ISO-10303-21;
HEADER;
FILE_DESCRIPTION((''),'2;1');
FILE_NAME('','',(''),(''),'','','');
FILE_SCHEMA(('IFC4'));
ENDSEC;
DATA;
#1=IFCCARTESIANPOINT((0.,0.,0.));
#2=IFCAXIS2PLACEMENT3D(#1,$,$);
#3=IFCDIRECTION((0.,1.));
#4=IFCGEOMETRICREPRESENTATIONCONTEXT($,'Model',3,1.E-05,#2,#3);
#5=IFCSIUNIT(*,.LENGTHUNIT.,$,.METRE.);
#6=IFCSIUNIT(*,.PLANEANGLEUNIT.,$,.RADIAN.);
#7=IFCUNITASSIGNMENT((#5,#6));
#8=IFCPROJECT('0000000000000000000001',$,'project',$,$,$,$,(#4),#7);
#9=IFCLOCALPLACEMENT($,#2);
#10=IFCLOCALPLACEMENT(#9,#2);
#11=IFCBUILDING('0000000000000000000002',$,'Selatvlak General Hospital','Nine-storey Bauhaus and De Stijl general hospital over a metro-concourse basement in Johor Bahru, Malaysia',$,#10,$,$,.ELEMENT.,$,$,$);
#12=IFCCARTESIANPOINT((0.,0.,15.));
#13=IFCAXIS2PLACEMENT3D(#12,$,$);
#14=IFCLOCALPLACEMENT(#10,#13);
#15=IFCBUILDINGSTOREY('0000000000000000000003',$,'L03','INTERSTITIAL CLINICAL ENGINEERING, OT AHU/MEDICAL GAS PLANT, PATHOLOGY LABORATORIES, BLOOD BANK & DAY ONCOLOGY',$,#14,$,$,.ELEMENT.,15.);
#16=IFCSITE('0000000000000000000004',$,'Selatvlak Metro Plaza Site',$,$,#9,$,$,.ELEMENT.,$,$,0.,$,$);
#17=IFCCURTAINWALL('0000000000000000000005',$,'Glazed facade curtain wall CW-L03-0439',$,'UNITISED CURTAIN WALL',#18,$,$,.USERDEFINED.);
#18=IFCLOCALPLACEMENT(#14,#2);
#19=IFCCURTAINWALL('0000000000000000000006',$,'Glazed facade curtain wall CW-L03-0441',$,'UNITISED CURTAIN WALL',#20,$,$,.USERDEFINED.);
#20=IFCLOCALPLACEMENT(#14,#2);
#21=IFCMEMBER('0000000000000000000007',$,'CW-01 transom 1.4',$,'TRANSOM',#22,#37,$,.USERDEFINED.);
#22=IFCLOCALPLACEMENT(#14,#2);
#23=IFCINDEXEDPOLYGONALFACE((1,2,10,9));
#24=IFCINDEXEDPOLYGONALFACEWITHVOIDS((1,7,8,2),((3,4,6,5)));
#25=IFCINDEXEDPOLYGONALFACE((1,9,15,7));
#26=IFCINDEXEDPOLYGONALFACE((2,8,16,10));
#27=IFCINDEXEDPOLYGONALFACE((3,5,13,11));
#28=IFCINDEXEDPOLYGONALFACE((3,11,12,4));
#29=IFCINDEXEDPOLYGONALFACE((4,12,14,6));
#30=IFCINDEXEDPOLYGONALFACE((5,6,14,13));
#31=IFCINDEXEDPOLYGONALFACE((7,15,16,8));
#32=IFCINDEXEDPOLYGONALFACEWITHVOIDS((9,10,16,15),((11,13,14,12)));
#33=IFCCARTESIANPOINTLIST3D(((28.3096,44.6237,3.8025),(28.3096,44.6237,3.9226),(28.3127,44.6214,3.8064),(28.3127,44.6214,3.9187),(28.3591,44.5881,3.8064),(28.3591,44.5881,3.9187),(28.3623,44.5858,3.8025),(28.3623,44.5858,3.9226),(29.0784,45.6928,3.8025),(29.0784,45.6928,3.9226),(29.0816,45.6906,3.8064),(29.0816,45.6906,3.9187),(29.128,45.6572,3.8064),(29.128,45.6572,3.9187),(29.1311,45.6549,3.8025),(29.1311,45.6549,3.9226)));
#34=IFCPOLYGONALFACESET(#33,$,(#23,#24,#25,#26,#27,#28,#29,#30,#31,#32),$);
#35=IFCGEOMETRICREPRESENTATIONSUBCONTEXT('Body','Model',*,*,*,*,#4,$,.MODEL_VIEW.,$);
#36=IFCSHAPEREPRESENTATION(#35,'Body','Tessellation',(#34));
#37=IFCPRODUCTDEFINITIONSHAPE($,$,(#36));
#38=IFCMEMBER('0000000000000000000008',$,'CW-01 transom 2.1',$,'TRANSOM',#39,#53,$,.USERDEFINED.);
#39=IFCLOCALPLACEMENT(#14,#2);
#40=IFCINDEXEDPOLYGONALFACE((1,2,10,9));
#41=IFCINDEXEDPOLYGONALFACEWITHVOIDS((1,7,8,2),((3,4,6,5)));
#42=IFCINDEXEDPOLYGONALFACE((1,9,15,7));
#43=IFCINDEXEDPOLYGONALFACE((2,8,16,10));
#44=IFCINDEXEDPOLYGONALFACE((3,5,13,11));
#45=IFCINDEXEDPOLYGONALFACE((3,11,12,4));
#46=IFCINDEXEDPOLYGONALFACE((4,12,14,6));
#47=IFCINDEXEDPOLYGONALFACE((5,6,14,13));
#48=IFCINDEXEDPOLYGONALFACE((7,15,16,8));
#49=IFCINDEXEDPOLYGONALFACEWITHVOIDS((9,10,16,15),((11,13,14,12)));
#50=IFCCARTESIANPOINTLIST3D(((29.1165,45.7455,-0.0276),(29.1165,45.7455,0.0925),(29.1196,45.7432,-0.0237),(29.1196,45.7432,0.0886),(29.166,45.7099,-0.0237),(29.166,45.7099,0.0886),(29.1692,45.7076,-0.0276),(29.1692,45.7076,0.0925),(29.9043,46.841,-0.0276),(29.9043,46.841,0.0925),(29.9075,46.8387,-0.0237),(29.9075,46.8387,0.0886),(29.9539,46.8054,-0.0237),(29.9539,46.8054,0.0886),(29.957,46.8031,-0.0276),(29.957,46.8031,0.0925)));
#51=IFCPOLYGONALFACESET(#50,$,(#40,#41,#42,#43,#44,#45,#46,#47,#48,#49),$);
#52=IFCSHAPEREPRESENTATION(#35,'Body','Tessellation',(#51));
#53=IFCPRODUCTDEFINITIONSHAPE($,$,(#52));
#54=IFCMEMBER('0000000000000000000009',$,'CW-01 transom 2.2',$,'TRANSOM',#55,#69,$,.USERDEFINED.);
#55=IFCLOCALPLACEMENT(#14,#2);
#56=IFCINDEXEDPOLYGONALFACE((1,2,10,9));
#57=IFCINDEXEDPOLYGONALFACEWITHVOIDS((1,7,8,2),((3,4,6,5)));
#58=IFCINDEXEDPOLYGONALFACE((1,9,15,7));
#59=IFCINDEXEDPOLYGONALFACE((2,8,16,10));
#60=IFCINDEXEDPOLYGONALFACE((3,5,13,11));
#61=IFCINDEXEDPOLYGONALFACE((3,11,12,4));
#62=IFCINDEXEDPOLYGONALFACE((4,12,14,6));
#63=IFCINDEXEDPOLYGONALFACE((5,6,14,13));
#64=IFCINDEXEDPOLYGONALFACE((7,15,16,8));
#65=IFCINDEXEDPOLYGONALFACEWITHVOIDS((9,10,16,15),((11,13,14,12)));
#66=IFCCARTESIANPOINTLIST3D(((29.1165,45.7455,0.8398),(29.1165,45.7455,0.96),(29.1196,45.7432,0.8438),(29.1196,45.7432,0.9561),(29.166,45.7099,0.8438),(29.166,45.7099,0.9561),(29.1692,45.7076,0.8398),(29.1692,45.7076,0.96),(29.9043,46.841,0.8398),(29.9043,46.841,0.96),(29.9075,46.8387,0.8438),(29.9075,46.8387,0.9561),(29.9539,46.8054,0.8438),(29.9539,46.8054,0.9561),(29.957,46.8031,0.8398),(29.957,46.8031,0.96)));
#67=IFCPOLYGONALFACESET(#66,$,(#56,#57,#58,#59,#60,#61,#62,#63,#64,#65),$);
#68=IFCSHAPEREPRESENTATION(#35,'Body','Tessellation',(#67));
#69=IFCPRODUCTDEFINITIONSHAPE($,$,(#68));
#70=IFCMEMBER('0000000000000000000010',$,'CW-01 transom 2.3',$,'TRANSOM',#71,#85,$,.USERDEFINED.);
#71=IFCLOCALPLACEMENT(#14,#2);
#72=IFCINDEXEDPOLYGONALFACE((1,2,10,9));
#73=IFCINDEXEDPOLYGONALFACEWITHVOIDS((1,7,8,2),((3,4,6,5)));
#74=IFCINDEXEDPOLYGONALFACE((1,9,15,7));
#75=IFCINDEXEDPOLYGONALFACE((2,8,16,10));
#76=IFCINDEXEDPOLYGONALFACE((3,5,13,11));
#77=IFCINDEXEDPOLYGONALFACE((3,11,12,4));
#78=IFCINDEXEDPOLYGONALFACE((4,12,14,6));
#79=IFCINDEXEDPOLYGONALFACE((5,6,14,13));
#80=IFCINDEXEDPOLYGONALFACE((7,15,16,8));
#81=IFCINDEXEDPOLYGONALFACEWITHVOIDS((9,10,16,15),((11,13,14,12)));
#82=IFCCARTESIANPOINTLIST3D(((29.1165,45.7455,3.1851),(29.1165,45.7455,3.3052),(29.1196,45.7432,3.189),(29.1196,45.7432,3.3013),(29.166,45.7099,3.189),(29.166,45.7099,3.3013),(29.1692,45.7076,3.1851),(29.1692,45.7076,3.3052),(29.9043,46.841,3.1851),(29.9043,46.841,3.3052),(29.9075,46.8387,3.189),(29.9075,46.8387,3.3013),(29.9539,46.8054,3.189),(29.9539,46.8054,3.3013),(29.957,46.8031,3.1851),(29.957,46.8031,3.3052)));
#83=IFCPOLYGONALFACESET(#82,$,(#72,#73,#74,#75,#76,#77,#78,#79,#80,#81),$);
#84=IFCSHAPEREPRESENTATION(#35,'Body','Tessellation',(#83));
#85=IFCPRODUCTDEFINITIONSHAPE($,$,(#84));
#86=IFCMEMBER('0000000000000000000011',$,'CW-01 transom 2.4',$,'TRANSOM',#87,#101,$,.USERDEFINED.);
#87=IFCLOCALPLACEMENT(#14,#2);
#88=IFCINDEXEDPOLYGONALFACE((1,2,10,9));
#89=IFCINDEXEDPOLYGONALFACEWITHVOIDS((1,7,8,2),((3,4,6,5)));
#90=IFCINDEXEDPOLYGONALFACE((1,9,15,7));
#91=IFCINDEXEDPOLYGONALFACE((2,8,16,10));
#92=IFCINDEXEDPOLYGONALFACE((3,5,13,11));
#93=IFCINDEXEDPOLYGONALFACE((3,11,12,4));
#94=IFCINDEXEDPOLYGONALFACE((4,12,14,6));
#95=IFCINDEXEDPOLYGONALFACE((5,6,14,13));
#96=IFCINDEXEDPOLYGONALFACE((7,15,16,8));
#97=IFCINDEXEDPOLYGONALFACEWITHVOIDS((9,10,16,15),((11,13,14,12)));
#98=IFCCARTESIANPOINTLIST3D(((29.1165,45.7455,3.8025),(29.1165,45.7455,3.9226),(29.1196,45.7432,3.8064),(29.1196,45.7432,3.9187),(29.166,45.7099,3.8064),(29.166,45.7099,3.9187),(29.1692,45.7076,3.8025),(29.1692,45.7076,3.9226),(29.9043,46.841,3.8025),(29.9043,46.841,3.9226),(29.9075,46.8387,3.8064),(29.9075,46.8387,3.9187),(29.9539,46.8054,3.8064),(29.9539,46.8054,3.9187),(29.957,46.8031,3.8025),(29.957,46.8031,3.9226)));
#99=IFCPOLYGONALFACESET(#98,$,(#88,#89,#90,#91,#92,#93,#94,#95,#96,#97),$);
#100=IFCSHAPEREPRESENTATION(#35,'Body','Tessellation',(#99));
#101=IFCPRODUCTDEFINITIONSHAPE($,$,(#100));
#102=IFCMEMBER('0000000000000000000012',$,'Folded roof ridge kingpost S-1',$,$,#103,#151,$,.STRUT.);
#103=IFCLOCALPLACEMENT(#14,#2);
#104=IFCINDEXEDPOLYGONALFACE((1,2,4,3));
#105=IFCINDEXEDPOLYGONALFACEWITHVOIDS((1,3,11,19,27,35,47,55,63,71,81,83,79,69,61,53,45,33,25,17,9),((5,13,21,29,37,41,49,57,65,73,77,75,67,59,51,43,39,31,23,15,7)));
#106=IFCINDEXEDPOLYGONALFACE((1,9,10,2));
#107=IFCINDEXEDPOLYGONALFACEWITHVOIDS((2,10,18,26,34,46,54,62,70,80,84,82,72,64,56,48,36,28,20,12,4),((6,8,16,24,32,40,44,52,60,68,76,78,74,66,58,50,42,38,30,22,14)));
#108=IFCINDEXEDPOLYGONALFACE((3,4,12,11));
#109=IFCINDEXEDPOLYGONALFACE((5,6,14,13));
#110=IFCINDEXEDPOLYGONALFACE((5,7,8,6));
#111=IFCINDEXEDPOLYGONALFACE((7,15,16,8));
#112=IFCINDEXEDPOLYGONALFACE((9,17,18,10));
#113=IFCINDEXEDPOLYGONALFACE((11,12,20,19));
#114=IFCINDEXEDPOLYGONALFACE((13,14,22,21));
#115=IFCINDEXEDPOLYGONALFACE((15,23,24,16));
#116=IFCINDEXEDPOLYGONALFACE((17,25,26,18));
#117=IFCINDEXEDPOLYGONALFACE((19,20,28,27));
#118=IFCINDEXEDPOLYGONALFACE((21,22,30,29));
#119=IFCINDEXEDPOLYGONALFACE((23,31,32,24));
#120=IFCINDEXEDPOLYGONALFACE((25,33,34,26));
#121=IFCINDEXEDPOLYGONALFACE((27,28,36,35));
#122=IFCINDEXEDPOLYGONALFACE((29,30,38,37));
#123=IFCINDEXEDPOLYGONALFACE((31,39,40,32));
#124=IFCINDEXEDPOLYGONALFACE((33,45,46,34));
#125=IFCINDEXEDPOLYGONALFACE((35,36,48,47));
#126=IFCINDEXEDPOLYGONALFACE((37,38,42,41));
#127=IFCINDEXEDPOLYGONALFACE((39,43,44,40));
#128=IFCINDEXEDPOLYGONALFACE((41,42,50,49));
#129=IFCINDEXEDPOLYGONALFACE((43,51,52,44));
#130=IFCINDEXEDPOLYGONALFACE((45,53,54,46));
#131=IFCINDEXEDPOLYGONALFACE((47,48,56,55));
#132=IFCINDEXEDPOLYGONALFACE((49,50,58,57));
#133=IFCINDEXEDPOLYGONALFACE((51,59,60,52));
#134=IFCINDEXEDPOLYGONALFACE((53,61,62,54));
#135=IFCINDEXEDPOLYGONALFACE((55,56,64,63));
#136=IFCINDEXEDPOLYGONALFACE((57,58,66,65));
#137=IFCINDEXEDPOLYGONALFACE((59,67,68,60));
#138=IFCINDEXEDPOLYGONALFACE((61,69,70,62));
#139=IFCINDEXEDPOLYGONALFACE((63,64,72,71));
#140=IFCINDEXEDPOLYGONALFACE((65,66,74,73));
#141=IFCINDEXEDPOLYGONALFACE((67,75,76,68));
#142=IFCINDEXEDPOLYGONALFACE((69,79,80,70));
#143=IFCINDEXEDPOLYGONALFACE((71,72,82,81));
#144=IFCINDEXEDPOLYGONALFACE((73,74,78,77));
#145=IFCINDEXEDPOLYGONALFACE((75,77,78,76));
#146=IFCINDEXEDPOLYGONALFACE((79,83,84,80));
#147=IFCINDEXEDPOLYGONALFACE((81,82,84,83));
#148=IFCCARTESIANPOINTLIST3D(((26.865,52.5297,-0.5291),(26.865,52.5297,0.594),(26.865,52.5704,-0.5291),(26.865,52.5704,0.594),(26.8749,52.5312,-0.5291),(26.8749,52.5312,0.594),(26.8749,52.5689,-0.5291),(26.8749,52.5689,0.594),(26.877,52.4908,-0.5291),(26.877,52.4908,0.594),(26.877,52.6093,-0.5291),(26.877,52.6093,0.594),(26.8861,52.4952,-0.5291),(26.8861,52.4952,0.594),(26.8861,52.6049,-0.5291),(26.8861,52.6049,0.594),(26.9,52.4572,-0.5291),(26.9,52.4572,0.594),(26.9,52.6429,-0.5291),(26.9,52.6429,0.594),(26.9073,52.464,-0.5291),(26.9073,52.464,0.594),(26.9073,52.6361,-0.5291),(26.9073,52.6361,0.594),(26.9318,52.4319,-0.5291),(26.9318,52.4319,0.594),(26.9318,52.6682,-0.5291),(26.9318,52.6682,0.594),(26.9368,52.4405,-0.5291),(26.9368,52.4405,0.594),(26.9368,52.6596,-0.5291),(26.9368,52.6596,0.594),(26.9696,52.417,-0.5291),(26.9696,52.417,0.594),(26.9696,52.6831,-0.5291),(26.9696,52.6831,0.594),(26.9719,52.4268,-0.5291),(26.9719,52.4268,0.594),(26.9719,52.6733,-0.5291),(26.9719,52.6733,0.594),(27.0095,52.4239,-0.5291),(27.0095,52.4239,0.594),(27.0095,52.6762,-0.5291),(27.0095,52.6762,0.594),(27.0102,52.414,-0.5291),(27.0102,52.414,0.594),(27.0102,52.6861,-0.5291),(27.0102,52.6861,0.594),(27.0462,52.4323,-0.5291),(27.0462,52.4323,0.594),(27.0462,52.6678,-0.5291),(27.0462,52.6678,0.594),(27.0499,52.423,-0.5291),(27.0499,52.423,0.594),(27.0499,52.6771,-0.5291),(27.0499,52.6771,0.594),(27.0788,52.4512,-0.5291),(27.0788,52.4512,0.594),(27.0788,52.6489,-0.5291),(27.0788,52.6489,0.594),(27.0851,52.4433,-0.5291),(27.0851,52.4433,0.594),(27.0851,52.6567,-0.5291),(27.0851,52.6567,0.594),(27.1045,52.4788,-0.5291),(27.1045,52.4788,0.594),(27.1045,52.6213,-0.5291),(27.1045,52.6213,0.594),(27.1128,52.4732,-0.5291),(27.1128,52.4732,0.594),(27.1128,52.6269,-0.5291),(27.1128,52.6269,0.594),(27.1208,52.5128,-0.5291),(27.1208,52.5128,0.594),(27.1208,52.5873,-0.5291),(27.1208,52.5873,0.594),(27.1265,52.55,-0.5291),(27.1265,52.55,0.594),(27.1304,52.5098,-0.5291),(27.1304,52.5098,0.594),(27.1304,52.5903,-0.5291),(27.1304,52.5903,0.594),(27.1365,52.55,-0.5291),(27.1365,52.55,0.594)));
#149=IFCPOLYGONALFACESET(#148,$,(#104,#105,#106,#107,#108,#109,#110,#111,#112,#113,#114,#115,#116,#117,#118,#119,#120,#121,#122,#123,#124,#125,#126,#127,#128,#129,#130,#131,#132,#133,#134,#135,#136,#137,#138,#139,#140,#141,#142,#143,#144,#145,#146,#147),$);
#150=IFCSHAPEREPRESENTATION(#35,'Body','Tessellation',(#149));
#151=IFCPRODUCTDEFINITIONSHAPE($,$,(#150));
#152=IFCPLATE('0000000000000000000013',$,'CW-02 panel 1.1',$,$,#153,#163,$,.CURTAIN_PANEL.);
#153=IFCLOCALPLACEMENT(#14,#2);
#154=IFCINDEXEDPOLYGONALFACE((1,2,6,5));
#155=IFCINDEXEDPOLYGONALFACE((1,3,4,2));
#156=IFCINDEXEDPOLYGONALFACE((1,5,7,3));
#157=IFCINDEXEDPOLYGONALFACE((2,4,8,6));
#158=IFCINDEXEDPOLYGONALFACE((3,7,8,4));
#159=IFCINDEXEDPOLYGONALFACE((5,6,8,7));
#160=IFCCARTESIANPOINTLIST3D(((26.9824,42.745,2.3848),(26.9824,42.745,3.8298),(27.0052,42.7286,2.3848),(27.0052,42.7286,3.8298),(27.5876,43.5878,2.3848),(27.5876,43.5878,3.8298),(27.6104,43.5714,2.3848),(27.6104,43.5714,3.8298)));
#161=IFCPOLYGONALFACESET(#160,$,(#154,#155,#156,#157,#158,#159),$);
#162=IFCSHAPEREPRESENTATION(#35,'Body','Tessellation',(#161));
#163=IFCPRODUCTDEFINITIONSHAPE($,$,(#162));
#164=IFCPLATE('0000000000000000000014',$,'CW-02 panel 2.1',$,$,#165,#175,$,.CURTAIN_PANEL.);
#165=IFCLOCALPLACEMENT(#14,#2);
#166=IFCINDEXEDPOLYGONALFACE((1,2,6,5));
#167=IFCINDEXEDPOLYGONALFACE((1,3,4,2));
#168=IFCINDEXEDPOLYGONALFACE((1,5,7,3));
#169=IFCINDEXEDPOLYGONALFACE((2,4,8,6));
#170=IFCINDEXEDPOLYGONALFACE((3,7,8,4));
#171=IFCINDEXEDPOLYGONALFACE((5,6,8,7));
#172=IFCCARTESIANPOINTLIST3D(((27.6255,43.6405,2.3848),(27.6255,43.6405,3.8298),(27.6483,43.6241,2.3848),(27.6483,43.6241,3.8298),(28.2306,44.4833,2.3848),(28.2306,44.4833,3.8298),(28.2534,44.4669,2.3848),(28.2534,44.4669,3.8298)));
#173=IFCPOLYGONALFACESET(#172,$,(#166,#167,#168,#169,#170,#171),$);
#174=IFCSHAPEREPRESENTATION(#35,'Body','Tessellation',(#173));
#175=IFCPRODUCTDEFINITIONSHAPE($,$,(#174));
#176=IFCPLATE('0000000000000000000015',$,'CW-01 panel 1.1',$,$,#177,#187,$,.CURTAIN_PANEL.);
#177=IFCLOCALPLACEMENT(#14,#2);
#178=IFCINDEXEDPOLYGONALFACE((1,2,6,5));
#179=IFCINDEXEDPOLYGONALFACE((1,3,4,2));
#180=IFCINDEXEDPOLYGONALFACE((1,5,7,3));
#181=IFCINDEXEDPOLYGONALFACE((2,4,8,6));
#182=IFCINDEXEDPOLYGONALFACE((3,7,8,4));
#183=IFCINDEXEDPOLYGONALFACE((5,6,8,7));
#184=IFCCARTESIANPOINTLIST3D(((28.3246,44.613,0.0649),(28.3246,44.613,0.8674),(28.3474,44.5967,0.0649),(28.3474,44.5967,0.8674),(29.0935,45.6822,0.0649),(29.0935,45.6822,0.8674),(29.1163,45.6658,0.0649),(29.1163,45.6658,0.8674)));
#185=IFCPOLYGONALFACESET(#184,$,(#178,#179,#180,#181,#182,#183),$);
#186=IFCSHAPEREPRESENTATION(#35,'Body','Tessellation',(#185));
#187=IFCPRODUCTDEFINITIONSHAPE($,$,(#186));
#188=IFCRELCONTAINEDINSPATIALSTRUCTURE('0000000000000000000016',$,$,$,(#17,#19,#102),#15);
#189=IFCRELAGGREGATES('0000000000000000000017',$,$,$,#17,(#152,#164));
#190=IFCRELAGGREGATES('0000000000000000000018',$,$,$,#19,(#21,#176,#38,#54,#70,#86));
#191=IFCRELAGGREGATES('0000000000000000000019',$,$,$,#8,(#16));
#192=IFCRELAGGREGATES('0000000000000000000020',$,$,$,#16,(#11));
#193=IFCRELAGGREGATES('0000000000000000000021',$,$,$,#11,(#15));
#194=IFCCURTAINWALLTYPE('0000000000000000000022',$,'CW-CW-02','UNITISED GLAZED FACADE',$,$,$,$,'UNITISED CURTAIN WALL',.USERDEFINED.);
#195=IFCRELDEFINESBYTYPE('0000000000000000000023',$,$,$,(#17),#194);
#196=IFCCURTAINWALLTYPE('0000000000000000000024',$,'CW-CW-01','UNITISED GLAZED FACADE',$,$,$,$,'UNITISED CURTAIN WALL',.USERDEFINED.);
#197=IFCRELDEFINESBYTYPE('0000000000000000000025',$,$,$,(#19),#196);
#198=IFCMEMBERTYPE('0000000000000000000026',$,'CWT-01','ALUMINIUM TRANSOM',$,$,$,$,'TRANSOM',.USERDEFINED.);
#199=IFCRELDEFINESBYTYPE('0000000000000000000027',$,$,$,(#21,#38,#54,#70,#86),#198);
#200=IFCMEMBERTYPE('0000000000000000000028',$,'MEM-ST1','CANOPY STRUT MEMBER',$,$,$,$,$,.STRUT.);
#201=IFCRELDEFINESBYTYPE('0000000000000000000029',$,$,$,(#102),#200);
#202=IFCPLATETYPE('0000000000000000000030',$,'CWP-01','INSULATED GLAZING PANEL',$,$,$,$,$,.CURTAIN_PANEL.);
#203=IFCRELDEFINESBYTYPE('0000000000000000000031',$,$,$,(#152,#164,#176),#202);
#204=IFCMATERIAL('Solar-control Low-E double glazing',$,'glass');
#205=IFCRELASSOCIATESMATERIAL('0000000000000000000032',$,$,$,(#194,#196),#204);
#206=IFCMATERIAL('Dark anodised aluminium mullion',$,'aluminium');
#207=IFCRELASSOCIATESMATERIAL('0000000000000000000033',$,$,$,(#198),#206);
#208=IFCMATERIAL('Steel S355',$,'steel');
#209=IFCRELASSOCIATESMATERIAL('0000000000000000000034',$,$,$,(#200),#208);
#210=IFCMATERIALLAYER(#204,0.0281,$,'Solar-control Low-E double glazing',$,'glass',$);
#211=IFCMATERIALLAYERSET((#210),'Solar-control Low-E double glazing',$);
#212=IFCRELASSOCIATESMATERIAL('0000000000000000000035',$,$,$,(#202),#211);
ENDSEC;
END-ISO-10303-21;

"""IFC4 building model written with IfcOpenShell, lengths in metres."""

from ifc_helpers import new_model, si_unit, direction, frame, origin, origin_2d, place, context, subcontext, project, spatial, rectangle, hollow_rectangle, hollow_circle, extrude, material, layer, layer_set, material_profile, profile_set, type_object, element, aggregate, save


model = new_model("IFC4")

# Units and contexts
model_context = context("Model", 3, precision=1e-05, world=origin(), true_north=direction((0.0, 1.0)))
body_context = subcontext(model_context, "Body", "Model", "MODEL_VIEW")
ifc_project = project(units=[si_unit("LENGTHUNIT", "METRE"), si_unit("PLANEANGLEUNIT", "RADIAN")], contexts=[model_context])

# Site, building, storey
site_placement = place(None, origin())
site = spatial("IfcSite", under=ifc_project, at=site_placement, Name="Selatvlak Metro Plaza Site", CompositionType="ELEMENT", RefElevation=0.0)
building_placement = place(site_placement, origin())
building = spatial("IfcBuilding", under=site, at=building_placement, Name="Selatvlak General Hospital", Description="Nine-storey Bauhaus and De Stijl general hospital over a metro-concourse basement in Johor Bahru, Malaysia", CompositionType="ELEMENT")
storey_placement = place(building_placement, frame((0.0, 0.0, 15.0)))
storey = spatial("IfcBuildingStorey", under=building, at=storey_placement, Name="L03", Description="INTERSTITIAL CLINICAL ENGINEERING, OT AHU/MEDICAL GAS PLANT, PATHOLOGY LABORATORIES, BLOOD BANK & DAY ONCOLOGY", CompositionType="ELEMENT", Elevation=15.0)

# Shared definitions
ifc_material_1 = material(Name="Steel S355", Category="steel")

# Curtain walls
ifc_material_2 = material(Name="Solar-control Low-E double glazing", Category="glass")
curtain_wall_type_1 = type_object("IfcCurtainWallType", Name="CW-CW-02", Description="UNITISED GLAZED FACADE", ElementType="UNITISED CURTAIN WALL", PredefinedType="USERDEFINED", material=ifc_material_2)
curtain_wall_1_placement = place(storey_placement, origin())
curtain_wall_1 = element("IfcCurtainWall", 1, at=curtain_wall_1_placement, inside=storey, type_object=curtain_wall_type_1, Name="Glazed facade curtain wall CW-L03-0439", ObjectType="UNITISED CURTAIN WALL", PredefinedType="USERDEFINED")
ifc_material_3 = material(Name="Dark anodised aluminium mullion", Category="aluminium")
curtain_wall_type_2 = type_object("IfcCurtainWallType", Name="CW-CW-01", Description="UNITISED GLAZED FACADE", ElementType="UNITISED CURTAIN WALL", PredefinedType="USERDEFINED", material=ifc_material_2)
curtain_wall_2_placement = place(storey_placement, origin())
curtain_wall_2 = element("IfcCurtainWall", 2, at=curtain_wall_2_placement, inside=storey, type_object=curtain_wall_type_2, Name="Glazed facade curtain wall CW-L03-0441", ObjectType="UNITISED CURTAIN WALL", PredefinedType="USERDEFINED")

# Members
ifc_material_profile_1 = material_profile(ifc_material_3, hollow_rectangle(XDim=0.0649, YDim=0.1201, WallThickness=0.0039, at=origin_2d()), Name="AL-TRN 65x120x4")
ifc_profile_set_1 = profile_set([ifc_material_profile_1], Name="Dark anodised aluminium mullion")
member_type_1 = type_object("IfcMemberType", Name="CWT-01", Description="ALUMINIUM TRANSOM", ElementType="TRANSOM", PredefinedType="USERDEFINED", material=ifc_profile_set_1)
member_1_placement = place(storey_placement, frame((28.3359, 44.6047, 3.8625), z_axis=(0.583831, 0.811875, 0.0), x_axis=(-0.811875, 0.583831, 0.0)))
member_1 = element("IfcMember", 3, at=member_1_placement, type_object=member_type_1, Name="CW-01 transom 1.4", ObjectType="TRANSOM", PredefinedType="USERDEFINED", context=body_context, shape_type="SweptSolid", body=[
    extrude(hollow_rectangle(XDim=0.0649, YDim=0.1201, WallThickness=0.0039, at=origin_2d()), origin(), (0.0, 0.0, 1.0), 1.3169),
])
member_2_placement = place(storey_placement, frame((29.1428, 45.7266, 0.0325), z_axis=(0.583871, 0.811847, 0.0), x_axis=(-0.811847, 0.583871, 0.0)))
member_2 = element("IfcMember", 4, at=member_2_placement, type_object=member_type_1, Name="CW-01 transom 2.1", ObjectType="TRANSOM", PredefinedType="USERDEFINED", context=body_context, shape_type="SweptSolid", body=[
    extrude(hollow_rectangle(XDim=0.0649, YDim=0.1201, WallThickness=0.0039, at=origin_2d()), origin(), (0.0, 0.0, 1.0), 1.3494),
])
member_3_placement = place(storey_placement, frame((29.1428, 45.7266, 0.8999), z_axis=(0.583871, 0.811847, 0.0), x_axis=(-0.811847, 0.583871, 0.0)))
member_3 = element("IfcMember", 5, at=member_3_placement, type_object=member_type_1, Name="CW-01 transom 2.2", ObjectType="TRANSOM", PredefinedType="USERDEFINED", context=body_context, shape_type="SweptSolid", body=[
    extrude(hollow_rectangle(XDim=0.0649, YDim=0.1201, WallThickness=0.0039, at=origin_2d()), origin(), (0.0, 0.0, 1.0), 1.3494),
])
member_4_placement = place(storey_placement, frame((29.1428, 45.7266, 3.2451), z_axis=(0.583871, 0.811847, 0.0), x_axis=(-0.811847, 0.583871, 0.0)))
member_4 = element("IfcMember", 6, at=member_4_placement, type_object=member_type_1, Name="CW-01 transom 2.3", ObjectType="TRANSOM", PredefinedType="USERDEFINED", context=body_context, shape_type="SweptSolid", body=[
    extrude(hollow_rectangle(XDim=0.0649, YDim=0.1201, WallThickness=0.0039, at=origin_2d()), origin(), (0.0, 0.0, 1.0), 1.3494),
])
member_5_placement = place(storey_placement, frame((29.1428, 45.7266, 3.8625), z_axis=(0.583871, 0.811847, 0.0), x_axis=(-0.811847, 0.583871, 0.0)))
member_5 = element("IfcMember", 7, at=member_5_placement, type_object=member_type_1, Name="CW-01 transom 2.4", ObjectType="TRANSOM", PredefinedType="USERDEFINED", context=body_context, shape_type="SweptSolid", body=[
    extrude(hollow_rectangle(XDim=0.0649, YDim=0.1201, WallThickness=0.0039, at=origin_2d()), origin(), (0.0, 0.0, 1.0), 1.3494),
])
ifc_material_profile_2 = material_profile(ifc_material_1, hollow_circle(Radius=0.1365, WallThickness=0.01, at=origin_2d()), Name="CHS 273.0x10")
ifc_profile_set_2 = profile_set([ifc_material_profile_2], Name="Steel S355")
member_type_2 = type_object("IfcMemberType", Name="MEM-ST1", Description="CANOPY STRUT MEMBER", PredefinedType="STRUT", material=ifc_profile_set_2)
member_6_placement = place(storey_placement, frame((27.0, 52.55, -0.5291), z_axis=(0.0, 0.0, 1.0), x_axis=(1.0, 0.0, 0.0)))
element("IfcMember", 8, at=member_6_placement, inside=storey, type_object=member_type_2, Name="Folded roof ridge kingpost S-1", PredefinedType="STRUT", context=body_context, shape_type="SweptSolid", body=[
    extrude(hollow_circle(Radius=0.1365, WallThickness=0.01, at=origin_2d()), origin(), (0.0, 0.0, 1.0), 1.123),
])

# Plates
ifc_layer_1 = layer(ifc_material_2, 0.0281, Name="Solar-control Low-E double glazing", Category="glass")
ifc_layer_set_1 = layer_set([ifc_layer_1], Name="Solar-control Low-E double glazing")
plate_type_1 = type_object("IfcPlateType", Name="CWP-01", Description="INSULATED GLAZING PANEL", PredefinedType="CURTAIN_PANEL", material=ifc_layer_set_1)
plate_1_placement = place(storey_placement, frame((27.2964, 43.1582, 2.3848), z_axis=(0.0, 0.0, 1.0), x_axis=(0.583237, 0.812302, 0.0)))
plate_1 = element("IfcPlate", 9, at=plate_1_placement, type_object=plate_type_1, Name="CW-02 panel 1.1", PredefinedType="CURTAIN_PANEL", context=body_context, shape_type="SweptSolid", body=[
    extrude(rectangle(XDim=1.0376, YDim=0.0281, at=origin_2d()), origin(), (0.0, 0.0, 1.0), 1.4451),
])
plate_2_placement = place(storey_placement, frame((27.9395, 44.0537, 2.3848), z_axis=(0.0, 0.0, 1.0), x_axis=(0.583237, 0.812302, 0.0)))
plate_2 = element("IfcPlate", 10, at=plate_2_placement, type_object=plate_type_1, Name="CW-02 panel 2.1", PredefinedType="CURTAIN_PANEL", context=body_context, shape_type="SweptSolid", body=[
    extrude(rectangle(XDim=1.0376, YDim=0.0281, at=origin_2d()), origin(), (0.0, 0.0, 1.0), 1.4451),
])
aggregate(curtain_wall_1, [plate_1, plate_2])
plate_3_placement = place(storey_placement, frame((28.7205, 45.1394, 0.0649), z_axis=(0.0, 0.0, 1.0), x_axis=(0.583884, 0.811837, 0.0)))
plate_3 = element("IfcPlate", 11, at=plate_3_placement, type_object=plate_type_1, Name="CW-01 panel 1.1", PredefinedType="CURTAIN_PANEL", context=body_context, shape_type="SweptSolid", body=[
    extrude(rectangle(XDim=1.3169, YDim=0.0281, at=origin_2d()), origin(), (0.0, 0.0, 1.0), 0.8025),
])
aggregate(curtain_wall_2, [member_1, plate_3, member_2, member_3, member_4, member_5])

save(model, "model.ifc")
